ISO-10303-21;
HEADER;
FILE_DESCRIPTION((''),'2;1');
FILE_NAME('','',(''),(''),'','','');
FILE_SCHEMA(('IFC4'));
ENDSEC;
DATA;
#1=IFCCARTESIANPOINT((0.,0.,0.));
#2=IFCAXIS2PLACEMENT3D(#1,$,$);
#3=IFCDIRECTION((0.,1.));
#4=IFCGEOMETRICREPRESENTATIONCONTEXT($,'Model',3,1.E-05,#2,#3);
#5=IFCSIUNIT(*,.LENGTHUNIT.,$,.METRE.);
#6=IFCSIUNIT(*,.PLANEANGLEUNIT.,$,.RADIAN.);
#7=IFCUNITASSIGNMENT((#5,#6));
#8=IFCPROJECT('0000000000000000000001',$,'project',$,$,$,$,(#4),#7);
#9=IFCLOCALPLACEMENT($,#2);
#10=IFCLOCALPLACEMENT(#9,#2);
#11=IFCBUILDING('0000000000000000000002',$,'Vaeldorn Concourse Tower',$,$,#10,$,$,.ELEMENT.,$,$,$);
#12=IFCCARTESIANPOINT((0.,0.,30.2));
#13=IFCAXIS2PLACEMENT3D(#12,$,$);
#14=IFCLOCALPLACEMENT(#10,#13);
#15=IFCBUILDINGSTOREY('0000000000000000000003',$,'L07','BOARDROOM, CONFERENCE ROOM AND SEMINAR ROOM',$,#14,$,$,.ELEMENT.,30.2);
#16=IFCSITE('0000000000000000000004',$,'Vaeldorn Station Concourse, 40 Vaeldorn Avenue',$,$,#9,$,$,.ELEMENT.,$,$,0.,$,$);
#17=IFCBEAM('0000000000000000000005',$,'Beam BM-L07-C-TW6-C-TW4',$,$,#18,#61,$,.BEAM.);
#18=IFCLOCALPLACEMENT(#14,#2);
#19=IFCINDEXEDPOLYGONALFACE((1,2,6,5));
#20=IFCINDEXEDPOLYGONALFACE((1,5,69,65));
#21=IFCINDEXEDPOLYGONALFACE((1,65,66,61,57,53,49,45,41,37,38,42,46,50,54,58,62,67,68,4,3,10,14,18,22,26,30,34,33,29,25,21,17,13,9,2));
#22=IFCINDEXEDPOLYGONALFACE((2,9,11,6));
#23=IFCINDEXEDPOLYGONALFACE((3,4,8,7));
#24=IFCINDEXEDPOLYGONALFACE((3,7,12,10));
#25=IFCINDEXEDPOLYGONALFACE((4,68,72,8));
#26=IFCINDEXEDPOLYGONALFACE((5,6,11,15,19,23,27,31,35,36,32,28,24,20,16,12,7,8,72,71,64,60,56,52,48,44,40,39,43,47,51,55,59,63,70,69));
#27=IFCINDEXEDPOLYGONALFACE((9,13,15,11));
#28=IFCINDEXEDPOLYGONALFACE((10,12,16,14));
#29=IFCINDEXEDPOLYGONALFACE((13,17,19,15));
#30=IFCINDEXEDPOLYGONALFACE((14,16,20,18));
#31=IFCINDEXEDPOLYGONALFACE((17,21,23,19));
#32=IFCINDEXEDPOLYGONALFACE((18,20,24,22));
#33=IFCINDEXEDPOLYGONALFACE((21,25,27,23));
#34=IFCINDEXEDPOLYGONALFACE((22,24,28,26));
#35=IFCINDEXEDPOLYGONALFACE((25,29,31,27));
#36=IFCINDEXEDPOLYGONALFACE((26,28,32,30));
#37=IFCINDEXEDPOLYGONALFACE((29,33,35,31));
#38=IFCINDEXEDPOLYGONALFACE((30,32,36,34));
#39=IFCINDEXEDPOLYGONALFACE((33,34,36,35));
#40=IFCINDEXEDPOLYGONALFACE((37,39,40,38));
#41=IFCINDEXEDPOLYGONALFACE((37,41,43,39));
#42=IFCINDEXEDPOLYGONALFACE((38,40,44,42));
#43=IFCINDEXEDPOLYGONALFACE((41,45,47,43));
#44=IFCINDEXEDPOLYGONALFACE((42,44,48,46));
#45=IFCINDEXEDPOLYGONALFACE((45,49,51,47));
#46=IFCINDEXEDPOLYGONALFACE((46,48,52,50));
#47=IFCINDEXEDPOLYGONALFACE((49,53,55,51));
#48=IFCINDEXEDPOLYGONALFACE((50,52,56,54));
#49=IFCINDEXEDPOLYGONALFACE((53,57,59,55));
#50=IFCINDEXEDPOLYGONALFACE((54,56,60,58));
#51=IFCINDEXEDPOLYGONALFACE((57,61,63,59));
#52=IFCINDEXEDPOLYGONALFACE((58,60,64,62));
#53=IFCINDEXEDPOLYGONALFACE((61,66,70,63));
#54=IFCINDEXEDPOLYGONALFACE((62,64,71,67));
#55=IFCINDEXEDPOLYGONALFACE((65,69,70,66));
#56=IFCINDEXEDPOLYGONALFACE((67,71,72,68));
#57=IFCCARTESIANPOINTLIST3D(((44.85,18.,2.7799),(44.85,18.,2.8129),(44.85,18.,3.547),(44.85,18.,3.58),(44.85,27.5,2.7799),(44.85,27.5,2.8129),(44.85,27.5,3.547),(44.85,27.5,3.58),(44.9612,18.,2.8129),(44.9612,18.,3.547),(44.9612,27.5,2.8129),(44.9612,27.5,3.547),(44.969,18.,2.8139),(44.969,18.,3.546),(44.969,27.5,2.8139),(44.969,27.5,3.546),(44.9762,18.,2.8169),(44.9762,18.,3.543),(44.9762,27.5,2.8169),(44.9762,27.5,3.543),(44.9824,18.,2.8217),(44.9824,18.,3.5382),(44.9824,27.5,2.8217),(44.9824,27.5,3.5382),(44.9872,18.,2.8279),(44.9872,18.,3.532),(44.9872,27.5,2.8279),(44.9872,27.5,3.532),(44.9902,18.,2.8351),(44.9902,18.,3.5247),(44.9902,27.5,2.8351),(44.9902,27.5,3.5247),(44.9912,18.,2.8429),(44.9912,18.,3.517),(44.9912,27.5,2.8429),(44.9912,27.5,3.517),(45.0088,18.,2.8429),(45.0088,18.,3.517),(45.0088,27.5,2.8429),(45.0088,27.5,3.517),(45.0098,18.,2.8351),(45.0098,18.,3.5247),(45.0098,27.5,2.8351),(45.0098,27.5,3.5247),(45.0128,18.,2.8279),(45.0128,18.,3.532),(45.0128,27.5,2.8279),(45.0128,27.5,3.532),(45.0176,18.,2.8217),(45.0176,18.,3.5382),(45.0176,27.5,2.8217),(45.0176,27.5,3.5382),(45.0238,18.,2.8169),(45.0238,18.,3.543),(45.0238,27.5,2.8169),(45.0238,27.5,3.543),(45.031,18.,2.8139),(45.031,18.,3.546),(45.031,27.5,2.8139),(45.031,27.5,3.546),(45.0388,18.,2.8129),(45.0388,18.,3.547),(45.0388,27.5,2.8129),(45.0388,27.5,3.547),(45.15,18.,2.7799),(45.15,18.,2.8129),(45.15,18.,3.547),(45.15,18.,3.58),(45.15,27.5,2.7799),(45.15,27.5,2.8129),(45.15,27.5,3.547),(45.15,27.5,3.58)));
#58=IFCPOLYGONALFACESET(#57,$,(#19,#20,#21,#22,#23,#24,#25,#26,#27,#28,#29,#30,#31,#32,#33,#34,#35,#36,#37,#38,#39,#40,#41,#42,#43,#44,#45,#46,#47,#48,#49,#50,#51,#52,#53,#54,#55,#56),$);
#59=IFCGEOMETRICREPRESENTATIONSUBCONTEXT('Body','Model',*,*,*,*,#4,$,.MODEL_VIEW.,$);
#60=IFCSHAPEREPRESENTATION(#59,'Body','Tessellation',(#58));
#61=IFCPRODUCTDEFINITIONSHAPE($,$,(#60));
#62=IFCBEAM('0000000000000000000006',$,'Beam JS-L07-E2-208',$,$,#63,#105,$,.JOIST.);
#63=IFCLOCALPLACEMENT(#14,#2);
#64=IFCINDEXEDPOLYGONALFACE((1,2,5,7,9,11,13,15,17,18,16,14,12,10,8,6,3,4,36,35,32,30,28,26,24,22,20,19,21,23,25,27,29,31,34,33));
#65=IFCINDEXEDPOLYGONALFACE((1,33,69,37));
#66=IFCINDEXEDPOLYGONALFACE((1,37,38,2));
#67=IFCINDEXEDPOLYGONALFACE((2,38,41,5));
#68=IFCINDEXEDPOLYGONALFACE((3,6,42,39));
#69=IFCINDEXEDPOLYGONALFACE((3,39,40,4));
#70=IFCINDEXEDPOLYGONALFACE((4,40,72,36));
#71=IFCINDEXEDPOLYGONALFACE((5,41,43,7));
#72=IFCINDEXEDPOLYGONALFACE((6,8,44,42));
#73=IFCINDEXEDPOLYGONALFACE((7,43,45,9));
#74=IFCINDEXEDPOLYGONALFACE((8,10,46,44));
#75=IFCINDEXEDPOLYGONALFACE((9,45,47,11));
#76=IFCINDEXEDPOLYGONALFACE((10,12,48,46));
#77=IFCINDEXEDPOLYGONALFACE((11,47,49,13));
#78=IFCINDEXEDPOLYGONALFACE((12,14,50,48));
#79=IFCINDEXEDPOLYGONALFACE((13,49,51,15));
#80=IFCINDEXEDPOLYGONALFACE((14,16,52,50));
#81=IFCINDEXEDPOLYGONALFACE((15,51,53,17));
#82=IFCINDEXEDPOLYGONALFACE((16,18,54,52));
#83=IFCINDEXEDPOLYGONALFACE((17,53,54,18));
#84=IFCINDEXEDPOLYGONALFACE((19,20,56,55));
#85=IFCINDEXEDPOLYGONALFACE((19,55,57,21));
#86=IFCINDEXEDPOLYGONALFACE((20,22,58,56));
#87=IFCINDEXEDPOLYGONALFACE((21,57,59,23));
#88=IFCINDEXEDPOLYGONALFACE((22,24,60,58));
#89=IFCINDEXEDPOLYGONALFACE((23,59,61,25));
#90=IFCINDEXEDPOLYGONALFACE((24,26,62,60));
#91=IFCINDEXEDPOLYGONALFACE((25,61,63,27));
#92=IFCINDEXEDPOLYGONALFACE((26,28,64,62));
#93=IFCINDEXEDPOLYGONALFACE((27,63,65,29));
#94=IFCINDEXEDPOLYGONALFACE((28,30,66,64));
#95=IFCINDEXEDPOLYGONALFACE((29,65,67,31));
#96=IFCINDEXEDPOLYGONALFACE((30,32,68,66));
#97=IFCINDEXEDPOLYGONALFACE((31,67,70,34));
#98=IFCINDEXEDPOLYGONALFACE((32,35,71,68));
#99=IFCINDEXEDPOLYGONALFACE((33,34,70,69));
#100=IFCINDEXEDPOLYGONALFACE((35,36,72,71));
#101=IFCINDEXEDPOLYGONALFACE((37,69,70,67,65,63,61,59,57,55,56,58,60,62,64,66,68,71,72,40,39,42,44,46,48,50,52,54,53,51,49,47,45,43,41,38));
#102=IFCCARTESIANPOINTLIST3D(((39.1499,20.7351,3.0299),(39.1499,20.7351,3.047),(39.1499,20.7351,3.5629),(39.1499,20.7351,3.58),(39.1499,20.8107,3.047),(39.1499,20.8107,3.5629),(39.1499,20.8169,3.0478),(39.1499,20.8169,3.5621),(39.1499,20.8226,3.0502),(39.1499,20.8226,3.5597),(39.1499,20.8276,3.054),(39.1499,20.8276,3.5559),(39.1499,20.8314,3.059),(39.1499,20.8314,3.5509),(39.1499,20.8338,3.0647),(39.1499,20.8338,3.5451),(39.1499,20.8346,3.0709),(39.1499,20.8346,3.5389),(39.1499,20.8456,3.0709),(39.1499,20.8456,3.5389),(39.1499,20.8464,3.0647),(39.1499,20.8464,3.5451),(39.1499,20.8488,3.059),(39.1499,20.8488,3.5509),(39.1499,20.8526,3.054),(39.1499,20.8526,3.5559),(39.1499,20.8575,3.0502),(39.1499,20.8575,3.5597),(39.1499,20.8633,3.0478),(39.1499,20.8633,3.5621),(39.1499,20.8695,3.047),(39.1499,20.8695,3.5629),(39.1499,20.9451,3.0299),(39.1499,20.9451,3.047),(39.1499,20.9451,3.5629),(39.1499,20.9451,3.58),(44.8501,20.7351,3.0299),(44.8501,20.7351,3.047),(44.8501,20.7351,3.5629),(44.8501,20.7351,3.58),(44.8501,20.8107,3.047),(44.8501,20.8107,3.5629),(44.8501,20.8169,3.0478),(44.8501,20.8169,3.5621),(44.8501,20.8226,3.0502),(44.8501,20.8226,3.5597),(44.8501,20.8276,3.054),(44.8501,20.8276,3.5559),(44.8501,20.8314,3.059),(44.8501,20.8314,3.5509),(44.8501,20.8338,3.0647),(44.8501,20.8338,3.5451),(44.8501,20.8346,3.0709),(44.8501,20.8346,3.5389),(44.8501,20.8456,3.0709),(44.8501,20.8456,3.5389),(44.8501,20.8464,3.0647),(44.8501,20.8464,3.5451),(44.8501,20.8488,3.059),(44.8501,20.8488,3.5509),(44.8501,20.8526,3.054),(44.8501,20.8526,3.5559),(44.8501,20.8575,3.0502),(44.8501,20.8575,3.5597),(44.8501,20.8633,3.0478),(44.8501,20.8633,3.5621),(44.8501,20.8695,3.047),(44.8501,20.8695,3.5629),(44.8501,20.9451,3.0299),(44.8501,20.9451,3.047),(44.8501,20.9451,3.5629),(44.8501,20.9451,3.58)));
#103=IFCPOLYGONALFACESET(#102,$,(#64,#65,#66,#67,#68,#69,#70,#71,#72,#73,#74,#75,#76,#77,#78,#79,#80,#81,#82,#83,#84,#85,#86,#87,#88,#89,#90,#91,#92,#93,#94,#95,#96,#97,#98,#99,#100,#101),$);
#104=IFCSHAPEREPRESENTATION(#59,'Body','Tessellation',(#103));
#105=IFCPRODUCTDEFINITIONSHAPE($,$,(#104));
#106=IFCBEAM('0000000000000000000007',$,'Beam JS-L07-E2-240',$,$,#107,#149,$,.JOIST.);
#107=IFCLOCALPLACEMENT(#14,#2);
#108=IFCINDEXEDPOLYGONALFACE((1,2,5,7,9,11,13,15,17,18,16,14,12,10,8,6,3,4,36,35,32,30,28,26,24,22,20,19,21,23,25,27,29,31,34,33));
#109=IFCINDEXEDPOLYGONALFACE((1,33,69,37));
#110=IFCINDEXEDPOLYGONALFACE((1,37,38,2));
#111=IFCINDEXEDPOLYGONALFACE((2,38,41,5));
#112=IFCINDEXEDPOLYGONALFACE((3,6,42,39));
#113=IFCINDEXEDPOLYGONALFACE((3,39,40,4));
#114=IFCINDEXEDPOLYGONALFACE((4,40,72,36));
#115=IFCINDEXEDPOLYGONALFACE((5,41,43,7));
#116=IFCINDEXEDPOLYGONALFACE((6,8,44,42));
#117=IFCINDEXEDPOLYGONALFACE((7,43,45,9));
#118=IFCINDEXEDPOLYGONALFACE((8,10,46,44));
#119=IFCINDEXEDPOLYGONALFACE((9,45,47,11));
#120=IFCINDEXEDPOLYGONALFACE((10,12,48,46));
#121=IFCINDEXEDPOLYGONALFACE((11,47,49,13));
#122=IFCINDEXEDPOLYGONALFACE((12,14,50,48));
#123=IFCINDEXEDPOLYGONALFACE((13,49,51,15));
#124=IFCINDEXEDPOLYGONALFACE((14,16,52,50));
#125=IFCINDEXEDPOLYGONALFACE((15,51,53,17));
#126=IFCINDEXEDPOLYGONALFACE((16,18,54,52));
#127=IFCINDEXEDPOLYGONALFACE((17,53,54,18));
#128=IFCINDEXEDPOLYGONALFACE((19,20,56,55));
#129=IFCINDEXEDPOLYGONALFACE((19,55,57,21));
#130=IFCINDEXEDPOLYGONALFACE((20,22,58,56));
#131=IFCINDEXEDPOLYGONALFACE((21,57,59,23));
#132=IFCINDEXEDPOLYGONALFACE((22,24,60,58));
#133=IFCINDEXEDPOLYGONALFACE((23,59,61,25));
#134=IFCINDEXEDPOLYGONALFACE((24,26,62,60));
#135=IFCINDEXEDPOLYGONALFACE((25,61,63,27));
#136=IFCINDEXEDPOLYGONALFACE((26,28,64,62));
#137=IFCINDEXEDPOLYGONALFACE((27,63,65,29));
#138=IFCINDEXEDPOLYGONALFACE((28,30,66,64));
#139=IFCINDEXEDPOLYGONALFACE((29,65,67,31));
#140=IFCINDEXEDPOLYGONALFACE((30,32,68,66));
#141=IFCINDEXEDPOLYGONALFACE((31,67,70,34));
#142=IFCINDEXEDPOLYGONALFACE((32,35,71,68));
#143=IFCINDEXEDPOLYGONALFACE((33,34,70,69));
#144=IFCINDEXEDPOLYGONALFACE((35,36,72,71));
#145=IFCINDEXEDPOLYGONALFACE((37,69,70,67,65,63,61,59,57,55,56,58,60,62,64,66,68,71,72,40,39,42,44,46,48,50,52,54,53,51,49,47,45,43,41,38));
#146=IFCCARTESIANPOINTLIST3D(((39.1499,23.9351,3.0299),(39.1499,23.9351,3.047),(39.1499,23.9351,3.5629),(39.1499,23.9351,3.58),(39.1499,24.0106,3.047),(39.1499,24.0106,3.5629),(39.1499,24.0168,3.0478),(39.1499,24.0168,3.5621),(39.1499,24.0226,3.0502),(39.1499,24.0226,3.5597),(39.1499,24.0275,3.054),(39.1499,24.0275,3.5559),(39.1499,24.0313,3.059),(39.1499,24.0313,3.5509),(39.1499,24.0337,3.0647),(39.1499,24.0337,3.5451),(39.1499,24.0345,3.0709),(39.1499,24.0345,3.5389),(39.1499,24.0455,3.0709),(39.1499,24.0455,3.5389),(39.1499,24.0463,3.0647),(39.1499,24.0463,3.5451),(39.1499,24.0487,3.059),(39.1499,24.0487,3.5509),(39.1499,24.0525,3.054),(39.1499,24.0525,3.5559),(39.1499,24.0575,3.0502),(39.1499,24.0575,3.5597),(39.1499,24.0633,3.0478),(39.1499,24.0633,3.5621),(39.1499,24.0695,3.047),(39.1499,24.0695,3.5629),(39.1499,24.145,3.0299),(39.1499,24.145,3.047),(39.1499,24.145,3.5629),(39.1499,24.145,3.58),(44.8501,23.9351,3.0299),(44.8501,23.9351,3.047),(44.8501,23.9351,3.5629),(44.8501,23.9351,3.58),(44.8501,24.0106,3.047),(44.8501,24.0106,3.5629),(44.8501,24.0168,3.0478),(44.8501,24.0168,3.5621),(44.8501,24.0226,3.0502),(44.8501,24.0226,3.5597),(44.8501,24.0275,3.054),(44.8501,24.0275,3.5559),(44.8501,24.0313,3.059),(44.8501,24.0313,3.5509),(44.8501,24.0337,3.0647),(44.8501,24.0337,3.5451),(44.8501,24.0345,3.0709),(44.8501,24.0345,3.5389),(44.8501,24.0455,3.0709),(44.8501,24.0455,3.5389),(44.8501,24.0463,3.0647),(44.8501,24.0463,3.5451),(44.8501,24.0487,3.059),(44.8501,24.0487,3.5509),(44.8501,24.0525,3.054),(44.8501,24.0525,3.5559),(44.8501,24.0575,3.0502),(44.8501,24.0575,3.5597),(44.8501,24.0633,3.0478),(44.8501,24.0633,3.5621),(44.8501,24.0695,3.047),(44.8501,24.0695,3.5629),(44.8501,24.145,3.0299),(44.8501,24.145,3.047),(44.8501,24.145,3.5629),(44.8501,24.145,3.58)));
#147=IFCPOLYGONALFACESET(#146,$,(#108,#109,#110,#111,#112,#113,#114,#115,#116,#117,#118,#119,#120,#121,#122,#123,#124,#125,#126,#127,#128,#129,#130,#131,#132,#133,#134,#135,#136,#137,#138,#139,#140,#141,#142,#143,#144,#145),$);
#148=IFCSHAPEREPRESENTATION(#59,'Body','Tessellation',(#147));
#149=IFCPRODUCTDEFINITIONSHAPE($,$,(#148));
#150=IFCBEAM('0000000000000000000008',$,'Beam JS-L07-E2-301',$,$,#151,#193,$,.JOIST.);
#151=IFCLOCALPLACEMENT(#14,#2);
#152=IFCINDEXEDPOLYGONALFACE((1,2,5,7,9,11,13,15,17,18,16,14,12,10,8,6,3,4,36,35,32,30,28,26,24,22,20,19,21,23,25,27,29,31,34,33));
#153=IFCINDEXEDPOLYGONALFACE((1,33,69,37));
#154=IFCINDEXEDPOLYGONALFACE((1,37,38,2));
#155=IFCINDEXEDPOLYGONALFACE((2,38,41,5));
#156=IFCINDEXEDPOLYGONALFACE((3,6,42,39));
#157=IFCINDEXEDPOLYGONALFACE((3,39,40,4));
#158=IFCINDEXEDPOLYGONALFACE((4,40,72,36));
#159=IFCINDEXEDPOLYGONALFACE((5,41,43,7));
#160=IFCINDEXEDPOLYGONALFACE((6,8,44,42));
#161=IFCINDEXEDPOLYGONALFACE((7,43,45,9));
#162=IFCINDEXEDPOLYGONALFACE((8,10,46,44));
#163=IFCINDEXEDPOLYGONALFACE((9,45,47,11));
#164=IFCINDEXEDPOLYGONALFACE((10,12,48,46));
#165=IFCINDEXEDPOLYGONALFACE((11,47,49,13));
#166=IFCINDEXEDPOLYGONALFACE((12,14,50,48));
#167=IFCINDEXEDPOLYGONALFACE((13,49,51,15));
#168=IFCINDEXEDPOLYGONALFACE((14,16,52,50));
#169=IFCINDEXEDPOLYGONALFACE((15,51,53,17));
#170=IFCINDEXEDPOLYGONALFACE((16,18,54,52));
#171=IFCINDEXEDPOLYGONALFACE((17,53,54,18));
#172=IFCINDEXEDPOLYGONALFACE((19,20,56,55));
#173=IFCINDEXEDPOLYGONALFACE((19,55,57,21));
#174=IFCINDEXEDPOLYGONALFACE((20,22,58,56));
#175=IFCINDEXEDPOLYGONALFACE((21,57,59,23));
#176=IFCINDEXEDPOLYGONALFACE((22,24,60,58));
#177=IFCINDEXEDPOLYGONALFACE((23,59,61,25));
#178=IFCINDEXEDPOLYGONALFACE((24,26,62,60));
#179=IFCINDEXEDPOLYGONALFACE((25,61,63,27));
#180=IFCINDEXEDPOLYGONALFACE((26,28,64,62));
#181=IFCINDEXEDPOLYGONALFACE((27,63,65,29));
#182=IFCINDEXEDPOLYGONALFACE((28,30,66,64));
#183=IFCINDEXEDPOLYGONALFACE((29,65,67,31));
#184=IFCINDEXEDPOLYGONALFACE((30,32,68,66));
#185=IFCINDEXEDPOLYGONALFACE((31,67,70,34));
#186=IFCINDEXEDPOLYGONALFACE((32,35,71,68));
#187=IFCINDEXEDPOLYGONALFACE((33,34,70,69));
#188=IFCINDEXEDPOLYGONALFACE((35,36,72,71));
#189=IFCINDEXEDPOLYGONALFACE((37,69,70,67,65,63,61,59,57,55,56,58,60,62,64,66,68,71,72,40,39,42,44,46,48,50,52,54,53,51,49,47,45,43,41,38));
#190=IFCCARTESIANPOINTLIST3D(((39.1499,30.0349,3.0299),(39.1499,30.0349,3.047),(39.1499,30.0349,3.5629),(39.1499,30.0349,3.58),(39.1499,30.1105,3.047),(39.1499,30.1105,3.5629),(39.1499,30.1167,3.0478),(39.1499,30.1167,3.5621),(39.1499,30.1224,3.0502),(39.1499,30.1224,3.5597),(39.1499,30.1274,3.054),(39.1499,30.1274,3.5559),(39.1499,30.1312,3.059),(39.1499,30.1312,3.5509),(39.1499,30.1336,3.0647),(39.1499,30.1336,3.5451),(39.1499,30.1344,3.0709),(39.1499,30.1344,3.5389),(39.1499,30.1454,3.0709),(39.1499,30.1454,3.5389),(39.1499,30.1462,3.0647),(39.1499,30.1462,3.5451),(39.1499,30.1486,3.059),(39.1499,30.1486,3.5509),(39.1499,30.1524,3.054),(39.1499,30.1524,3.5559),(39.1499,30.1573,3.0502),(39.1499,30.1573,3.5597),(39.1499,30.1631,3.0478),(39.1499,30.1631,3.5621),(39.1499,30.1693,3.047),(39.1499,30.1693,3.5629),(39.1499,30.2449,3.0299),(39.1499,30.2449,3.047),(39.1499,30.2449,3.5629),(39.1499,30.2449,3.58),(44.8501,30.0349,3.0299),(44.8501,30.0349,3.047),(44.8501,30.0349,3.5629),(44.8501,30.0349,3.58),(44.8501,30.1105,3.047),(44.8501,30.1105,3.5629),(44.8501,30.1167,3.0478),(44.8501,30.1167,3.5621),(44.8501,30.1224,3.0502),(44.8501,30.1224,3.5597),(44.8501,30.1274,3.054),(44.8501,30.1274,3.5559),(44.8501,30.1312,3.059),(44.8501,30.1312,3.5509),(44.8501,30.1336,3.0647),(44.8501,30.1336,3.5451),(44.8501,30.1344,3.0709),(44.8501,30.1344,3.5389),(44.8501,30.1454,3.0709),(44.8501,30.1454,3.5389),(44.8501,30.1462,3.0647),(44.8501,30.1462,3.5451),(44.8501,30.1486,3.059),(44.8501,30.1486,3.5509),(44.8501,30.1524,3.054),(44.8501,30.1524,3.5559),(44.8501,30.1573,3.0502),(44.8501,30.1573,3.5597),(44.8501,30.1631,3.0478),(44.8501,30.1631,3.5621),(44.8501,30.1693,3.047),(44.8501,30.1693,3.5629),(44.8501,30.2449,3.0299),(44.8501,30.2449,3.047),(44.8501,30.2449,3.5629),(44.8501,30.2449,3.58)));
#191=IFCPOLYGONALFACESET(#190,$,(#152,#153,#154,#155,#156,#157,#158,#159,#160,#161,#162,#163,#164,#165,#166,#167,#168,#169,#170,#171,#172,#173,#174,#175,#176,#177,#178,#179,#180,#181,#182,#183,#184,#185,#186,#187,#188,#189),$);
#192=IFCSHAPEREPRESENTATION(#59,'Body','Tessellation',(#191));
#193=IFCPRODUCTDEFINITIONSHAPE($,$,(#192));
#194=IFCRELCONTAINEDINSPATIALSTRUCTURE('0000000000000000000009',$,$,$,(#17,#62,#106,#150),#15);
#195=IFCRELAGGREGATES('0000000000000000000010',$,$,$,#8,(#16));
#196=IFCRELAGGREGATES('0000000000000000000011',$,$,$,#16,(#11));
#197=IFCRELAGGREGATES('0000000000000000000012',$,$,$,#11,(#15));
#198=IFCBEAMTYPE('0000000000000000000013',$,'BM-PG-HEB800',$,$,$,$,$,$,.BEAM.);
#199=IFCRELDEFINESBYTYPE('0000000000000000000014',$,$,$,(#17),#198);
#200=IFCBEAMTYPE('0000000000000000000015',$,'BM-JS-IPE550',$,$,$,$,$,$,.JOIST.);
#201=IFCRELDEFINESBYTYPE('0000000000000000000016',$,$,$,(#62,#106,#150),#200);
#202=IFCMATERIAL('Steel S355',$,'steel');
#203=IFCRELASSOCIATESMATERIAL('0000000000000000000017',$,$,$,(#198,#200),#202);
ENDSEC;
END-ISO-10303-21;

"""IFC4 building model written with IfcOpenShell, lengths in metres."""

from ifc_helpers import new_model, si_unit, direction, frame, origin, origin_2d, place, context, subcontext, project, spatial, i_section, extrude, source, transform, mapped, material, material_profile, profile_set, type_object, element, save


model = new_model("IFC4")

# Units and contexts
model_context = context("Model", 3, precision=1e-05, world=origin(), true_north=direction((0.0, 1.0)))
body_context = subcontext(model_context, "Body", "Model", "MODEL_VIEW")
ifc_project = project(units=[si_unit("LENGTHUNIT", "METRE"), si_unit("PLANEANGLEUNIT", "RADIAN")], contexts=[model_context])

# Site, building, storey
site_placement = place(None, origin())
site = spatial("IfcSite", under=ifc_project, at=site_placement, Name="Vaeldorn Station Concourse, 40 Vaeldorn Avenue", CompositionType="ELEMENT", RefElevation=0.0)
building_placement = place(site_placement, origin())
building = spatial("IfcBuilding", under=site, at=building_placement, Name="Vaeldorn Concourse Tower", CompositionType="ELEMENT")
storey_placement = place(building_placement, frame((0.0, 0.0, 30.2)))
storey = spatial("IfcBuildingStorey", under=building, at=storey_placement, Name="L07", Description="BOARDROOM, CONFERENCE ROOM AND SEMINAR ROOM", CompositionType="ELEMENT", Elevation=30.2)

# Beams
ifc_material_1 = material(Name="Steel S355", Category="steel")
ifc_material_profile_1 = material_profile(ifc_material_1, i_section(OverallWidth=0.3, OverallDepth=0.8, WebThickness=0.0176, FlangeThickness=0.033, FilletRadius=0.03, at=origin_2d()), Name="HEB 800")
ifc_profile_set_1 = profile_set([ifc_material_profile_1], Name="Steel S355")
beam_type_1 = type_object("IfcBeamType", Name="BM-PG-HEB800", PredefinedType="BEAM", material=ifc_profile_set_1)
shared_shape_1 = source(origin(), body_context, "Body", "SweptSolid", [
    extrude(i_section(OverallWidth=0.3, OverallDepth=0.8, WebThickness=0.0176, FlangeThickness=0.033, FilletRadius=0.03, at=origin_2d()), origin(), (0.0, 0.0, 1.0), 9.5),
])
beam_1_placement = place(storey_placement, frame((45.0, 18.0, 3.1799), z_axis=(0.0, 1.0, 0.0), x_axis=(-1.0, 0.0, 0.0)))
element("IfcBeam", 1, at=beam_1_placement, inside=storey, type_object=beam_type_1, Name="Beam BM-L07-C-TW6-C-TW4", PredefinedType="BEAM", context=body_context, shape_type="MappedRepresentation", body=[
    mapped(shared_shape_1, transform((0.0, 0.0, 0.0), scale=1.0)),
])
ifc_material_profile_2 = material_profile(ifc_material_1, i_section(OverallWidth=0.21, OverallDepth=0.55, WebThickness=0.011, FlangeThickness=0.0171, FilletRadius=0.0239, at=origin_2d()), Name="IPE 550")
ifc_profile_set_2 = profile_set([ifc_material_profile_2], Name="Steel S355")
beam_type_2 = type_object("IfcBeamType", Name="BM-JS-IPE550", PredefinedType="JOIST", material=ifc_profile_set_2)
shared_shape_2 = source(origin(), body_context, "Body", "SweptSolid", [
    extrude(i_section(OverallWidth=0.21, OverallDepth=0.55, WebThickness=0.011, FlangeThickness=0.0171, FilletRadius=0.0239, at=origin_2d()), origin(), (0.0, 0.0, 1.0), 5.7002),
])
for number, where, z_axis, x_axis, name in (
    (2, (39.1499, 20.8401, 3.3049), (1.0, 0.0, 0.0), (0.0, 1.0, 0.0), "Beam JS-L07-E2-208"),
    (3, (39.1499, 24.04, 3.3049), (1.0, 0.0, 0.0), (0.0, 1.0, 0.0), "Beam JS-L07-E2-240"),
    (4, (39.1499, 30.1399, 3.3049), (1.0, 0.0, 0.0), (0.0, 1.0, 0.0), "Beam JS-L07-E2-301"),
):
    element("IfcBeam", number, at=place(storey_placement, frame(where, z_axis=z_axis, x_axis=x_axis)), inside=storey, type_object=beam_type_2, Name=name, PredefinedType="JOIST", context=body_context, shape_type="MappedRepresentation", body=[
        mapped(shared_shape_2, transform((0.0, 0.0, 0.0), scale=1.0)),
    ])

save(model, "model.ifc")
